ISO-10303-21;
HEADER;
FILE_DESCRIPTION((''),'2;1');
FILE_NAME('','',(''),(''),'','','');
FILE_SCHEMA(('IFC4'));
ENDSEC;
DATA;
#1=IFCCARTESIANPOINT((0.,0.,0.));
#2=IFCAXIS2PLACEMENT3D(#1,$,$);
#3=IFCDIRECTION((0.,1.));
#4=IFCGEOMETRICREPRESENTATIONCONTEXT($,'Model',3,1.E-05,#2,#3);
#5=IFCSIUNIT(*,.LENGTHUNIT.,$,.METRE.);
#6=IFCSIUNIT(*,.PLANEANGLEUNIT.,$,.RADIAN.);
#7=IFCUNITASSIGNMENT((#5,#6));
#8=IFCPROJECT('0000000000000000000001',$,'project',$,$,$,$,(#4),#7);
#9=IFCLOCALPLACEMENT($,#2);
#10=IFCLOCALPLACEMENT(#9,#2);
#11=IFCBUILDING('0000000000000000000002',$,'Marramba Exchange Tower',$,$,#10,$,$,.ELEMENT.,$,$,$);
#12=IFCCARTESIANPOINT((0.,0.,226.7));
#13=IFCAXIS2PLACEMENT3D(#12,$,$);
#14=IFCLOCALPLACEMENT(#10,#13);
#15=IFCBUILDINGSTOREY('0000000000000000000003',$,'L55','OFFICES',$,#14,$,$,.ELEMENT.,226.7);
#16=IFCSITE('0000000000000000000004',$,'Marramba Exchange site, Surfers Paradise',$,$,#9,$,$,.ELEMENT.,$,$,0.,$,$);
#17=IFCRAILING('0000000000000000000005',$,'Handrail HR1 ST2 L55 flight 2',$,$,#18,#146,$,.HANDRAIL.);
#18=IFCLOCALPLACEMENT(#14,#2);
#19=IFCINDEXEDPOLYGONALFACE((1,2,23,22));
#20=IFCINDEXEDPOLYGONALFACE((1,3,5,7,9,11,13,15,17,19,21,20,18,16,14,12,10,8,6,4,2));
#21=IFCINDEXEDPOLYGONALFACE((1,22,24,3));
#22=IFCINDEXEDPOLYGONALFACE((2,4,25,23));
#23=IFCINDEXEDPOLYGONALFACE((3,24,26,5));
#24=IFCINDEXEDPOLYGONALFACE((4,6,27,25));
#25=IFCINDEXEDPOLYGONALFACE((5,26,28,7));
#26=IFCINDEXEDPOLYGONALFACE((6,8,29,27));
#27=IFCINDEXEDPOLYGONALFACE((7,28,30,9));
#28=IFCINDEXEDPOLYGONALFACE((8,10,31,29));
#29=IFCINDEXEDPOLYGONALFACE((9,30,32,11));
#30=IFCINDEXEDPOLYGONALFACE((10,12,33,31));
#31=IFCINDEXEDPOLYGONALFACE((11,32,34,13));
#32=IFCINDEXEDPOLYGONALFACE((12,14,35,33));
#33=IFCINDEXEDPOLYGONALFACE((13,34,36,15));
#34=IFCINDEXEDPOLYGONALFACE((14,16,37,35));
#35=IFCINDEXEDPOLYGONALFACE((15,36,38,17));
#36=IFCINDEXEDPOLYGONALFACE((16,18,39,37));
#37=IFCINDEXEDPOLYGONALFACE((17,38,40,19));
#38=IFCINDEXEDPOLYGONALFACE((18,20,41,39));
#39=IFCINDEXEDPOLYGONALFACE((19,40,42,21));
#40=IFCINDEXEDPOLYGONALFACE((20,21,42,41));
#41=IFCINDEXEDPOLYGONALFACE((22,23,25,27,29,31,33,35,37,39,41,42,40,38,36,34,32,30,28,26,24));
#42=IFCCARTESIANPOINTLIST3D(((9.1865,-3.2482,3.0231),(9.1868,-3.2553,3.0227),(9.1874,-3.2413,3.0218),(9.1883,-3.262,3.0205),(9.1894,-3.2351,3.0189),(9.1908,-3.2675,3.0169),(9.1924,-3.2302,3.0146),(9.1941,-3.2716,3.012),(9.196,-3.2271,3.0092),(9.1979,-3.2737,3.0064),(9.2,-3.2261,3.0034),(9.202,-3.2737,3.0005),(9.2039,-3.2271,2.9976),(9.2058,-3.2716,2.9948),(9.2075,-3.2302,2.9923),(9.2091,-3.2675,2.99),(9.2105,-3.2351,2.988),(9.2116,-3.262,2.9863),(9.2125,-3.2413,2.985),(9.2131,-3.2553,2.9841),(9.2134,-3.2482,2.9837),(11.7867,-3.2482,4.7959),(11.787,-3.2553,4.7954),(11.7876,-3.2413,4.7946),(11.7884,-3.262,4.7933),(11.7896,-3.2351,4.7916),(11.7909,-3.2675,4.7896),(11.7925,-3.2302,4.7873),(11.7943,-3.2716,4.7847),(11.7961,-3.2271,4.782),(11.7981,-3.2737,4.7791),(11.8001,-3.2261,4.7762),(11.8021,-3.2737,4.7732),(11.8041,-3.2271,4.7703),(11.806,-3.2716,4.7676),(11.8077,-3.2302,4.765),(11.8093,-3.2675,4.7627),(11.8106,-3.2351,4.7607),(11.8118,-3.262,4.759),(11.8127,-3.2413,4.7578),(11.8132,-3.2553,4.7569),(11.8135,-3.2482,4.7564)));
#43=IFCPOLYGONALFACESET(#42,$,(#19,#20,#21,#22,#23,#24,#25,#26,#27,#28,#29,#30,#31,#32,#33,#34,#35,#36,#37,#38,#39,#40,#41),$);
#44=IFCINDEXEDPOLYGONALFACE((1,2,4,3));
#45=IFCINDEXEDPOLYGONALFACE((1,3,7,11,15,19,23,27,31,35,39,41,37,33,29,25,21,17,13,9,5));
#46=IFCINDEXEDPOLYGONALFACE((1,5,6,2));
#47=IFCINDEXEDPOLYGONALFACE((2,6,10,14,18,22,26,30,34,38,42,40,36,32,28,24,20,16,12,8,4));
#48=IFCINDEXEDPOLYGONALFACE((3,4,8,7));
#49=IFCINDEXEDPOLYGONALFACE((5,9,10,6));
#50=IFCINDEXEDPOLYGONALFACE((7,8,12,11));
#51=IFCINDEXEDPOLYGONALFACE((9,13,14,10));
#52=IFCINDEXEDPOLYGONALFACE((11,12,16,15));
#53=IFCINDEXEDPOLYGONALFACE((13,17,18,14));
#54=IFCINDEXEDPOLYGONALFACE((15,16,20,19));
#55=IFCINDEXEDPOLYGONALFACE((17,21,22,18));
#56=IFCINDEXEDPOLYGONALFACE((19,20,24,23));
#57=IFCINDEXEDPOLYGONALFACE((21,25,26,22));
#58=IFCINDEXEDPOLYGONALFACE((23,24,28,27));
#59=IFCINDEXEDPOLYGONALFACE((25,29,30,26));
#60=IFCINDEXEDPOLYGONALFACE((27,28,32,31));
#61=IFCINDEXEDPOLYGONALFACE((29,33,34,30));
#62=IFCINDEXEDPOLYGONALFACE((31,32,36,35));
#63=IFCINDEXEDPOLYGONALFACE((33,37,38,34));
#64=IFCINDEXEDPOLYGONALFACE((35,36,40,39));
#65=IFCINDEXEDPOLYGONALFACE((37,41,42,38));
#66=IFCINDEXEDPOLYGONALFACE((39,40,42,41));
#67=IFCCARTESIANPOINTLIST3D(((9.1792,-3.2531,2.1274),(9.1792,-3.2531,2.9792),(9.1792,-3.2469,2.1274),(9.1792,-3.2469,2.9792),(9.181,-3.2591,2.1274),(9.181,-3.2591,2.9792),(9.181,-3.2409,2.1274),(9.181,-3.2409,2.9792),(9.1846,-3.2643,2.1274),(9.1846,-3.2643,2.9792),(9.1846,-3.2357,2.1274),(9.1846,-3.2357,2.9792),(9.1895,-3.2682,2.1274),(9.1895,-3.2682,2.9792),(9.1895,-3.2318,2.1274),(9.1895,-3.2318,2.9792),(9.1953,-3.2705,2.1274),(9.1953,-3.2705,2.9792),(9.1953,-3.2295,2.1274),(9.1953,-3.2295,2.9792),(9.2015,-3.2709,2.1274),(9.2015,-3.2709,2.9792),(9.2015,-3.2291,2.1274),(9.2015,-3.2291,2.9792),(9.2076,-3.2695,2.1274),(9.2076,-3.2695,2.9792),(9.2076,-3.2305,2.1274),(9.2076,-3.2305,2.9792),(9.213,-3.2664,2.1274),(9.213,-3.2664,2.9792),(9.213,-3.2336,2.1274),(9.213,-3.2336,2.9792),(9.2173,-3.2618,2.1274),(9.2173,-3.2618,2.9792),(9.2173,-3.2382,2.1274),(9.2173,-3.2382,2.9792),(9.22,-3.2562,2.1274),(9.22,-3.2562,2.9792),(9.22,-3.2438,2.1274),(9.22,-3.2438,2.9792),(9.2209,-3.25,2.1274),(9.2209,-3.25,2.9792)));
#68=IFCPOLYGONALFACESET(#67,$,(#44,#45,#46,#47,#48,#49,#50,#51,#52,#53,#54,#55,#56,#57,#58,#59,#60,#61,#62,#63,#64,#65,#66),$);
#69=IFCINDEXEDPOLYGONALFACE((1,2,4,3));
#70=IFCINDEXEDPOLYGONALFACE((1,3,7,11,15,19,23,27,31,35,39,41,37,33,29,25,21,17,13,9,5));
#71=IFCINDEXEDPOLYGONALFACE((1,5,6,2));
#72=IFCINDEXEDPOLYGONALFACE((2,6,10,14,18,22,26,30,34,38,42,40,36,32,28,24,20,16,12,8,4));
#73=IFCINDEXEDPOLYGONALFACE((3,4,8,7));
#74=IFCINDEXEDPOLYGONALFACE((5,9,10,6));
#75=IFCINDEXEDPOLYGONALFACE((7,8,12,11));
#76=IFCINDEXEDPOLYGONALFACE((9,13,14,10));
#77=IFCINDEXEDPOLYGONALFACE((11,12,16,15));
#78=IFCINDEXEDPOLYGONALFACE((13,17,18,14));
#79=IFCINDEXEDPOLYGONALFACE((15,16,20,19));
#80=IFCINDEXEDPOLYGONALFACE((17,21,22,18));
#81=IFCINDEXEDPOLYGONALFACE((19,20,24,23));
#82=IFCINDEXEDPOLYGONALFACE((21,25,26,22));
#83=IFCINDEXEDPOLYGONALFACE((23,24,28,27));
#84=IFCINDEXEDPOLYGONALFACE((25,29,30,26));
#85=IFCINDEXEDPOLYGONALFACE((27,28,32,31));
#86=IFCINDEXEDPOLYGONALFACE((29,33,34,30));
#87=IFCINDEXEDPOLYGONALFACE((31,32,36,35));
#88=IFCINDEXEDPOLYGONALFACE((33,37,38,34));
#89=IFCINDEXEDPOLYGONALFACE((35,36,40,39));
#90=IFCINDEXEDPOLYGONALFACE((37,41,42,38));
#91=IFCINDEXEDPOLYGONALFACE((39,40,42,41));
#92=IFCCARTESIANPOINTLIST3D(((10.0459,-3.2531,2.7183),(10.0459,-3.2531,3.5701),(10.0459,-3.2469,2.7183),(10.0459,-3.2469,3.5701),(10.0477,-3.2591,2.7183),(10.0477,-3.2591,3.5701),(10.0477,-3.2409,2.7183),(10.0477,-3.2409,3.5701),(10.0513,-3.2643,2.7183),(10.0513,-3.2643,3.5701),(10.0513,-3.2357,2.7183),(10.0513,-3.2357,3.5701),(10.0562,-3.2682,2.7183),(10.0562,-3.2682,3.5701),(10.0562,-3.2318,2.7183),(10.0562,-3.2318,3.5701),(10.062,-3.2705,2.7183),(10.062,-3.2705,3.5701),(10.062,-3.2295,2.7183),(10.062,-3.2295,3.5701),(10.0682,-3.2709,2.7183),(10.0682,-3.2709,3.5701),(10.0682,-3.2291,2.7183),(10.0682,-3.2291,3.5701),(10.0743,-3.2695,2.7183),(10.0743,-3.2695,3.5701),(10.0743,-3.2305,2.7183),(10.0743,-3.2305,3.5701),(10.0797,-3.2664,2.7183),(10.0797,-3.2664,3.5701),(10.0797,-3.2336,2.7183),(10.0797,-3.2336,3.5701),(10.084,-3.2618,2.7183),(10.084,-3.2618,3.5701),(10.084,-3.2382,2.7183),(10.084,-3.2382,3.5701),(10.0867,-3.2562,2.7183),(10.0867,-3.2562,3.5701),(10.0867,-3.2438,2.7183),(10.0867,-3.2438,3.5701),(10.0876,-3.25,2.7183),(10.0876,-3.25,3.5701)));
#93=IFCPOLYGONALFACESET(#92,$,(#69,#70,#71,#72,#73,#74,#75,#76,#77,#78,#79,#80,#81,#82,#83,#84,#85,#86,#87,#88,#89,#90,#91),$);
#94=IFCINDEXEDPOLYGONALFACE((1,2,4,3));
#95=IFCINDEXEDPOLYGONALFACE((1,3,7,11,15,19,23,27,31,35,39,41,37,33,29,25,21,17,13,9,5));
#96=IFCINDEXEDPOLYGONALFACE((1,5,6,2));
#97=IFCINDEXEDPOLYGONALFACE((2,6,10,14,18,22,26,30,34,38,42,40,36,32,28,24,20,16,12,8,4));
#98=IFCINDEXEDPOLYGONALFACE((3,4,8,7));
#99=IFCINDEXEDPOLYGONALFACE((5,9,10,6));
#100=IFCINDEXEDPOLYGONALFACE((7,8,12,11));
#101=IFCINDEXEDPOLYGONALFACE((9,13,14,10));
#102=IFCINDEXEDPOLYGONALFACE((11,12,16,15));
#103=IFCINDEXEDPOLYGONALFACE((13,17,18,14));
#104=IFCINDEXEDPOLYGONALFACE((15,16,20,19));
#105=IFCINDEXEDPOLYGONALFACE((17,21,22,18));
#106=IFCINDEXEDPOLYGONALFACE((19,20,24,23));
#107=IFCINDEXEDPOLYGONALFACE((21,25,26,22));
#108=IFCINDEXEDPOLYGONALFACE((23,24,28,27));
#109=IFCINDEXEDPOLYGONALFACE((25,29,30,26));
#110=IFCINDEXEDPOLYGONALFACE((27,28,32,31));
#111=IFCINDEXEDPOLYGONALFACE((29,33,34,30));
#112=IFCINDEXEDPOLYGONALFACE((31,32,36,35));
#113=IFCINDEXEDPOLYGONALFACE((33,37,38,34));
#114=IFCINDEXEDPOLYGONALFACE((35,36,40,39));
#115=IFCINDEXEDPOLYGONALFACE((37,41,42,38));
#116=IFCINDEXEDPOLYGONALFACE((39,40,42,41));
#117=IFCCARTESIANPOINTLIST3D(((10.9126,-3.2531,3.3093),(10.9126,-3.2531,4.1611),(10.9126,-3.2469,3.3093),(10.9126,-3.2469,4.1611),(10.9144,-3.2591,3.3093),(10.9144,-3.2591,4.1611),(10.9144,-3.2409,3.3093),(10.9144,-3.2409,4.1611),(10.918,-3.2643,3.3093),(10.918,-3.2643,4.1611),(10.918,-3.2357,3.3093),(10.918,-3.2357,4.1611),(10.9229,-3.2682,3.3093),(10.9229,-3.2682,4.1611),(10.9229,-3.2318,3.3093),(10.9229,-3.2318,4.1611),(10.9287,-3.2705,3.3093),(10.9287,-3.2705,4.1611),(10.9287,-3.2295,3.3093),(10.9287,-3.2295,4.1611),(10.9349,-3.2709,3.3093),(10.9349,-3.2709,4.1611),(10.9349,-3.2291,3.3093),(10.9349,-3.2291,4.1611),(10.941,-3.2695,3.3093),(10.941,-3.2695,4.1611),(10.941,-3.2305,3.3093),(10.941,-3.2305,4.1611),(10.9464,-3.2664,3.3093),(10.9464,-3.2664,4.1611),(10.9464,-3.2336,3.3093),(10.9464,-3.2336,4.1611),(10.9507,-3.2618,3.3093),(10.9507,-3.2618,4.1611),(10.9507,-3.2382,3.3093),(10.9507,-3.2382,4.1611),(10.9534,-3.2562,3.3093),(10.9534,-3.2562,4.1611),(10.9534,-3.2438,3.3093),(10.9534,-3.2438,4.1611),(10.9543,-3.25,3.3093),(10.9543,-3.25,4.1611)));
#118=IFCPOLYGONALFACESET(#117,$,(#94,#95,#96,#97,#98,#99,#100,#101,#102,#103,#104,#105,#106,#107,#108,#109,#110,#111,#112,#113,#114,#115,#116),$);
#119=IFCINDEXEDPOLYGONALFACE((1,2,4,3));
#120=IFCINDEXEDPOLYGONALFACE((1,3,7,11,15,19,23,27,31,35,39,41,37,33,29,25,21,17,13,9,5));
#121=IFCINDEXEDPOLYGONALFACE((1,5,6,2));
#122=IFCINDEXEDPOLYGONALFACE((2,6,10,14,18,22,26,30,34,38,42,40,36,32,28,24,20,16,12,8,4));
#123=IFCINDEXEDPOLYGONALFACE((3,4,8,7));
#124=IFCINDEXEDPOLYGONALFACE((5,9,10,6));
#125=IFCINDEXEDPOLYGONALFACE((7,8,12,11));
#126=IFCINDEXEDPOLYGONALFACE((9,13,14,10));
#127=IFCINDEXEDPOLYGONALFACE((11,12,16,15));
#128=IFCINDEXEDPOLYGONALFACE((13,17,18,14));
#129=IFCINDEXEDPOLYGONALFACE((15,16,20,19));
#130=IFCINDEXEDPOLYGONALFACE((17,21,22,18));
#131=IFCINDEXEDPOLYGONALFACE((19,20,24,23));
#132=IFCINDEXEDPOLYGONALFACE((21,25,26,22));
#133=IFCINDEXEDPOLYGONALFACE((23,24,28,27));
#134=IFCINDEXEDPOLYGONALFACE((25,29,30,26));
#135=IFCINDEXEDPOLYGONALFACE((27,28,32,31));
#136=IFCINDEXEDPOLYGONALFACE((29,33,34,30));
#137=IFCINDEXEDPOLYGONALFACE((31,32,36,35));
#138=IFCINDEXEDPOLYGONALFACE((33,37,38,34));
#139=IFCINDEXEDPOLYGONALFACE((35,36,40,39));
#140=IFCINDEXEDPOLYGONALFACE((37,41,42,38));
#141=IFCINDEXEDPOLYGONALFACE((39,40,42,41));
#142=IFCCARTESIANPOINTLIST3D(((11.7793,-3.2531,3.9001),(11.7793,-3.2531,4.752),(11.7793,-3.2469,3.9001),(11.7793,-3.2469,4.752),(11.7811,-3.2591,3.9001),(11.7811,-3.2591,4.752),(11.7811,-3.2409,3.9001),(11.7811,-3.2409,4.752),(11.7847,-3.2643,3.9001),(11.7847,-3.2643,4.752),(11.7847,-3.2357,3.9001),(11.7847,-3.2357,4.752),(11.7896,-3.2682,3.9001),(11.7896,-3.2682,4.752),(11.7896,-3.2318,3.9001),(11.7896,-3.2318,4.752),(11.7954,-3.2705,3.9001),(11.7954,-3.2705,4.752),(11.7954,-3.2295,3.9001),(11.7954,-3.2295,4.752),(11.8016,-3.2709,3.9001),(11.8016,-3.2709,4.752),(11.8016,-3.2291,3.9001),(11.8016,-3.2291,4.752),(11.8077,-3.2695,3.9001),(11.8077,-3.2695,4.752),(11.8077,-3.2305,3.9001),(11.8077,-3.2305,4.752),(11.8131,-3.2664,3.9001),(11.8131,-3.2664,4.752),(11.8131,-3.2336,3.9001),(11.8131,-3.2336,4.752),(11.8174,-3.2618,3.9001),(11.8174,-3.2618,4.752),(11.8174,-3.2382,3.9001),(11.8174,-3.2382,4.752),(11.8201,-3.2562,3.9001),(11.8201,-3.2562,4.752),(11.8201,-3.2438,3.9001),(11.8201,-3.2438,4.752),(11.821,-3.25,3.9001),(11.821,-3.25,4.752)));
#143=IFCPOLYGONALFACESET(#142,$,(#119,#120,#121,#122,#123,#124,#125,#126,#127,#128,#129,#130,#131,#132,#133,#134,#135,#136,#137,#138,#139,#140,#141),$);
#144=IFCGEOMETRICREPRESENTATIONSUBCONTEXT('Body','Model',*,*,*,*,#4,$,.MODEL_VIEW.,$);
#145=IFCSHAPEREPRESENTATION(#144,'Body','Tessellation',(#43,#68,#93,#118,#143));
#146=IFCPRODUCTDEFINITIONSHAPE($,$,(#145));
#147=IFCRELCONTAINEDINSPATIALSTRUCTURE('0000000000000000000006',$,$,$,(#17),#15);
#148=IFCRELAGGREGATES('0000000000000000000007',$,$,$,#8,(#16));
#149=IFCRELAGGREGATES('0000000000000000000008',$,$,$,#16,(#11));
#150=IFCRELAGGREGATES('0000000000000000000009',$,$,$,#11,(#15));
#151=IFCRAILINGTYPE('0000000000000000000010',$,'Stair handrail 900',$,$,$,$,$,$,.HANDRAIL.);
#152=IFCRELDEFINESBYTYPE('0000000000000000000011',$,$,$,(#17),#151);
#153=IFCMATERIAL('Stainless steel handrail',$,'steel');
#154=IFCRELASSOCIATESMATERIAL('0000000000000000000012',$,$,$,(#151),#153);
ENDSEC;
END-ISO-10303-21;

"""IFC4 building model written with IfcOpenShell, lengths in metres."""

from ifc_helpers import new_model, si_unit, direction, frame, origin, origin_2d, place, context, subcontext, project, spatial, circle, extrude, material, type_object, element, save


model = new_model("IFC4")

# Units and contexts
model_context = context("Model", 3, precision=1e-05, world=origin(), true_north=direction((0.0, 1.0)))
body_context = subcontext(model_context, "Body", "Model", "MODEL_VIEW")
ifc_project = project(units=[si_unit("LENGTHUNIT", "METRE"), si_unit("PLANEANGLEUNIT", "RADIAN")], contexts=[model_context])

# Site, building, storey
site_placement = place(None, origin())
site = spatial("IfcSite", under=ifc_project, at=site_placement, Name="Marramba Exchange site, Surfers Paradise", CompositionType="ELEMENT", RefElevation=0.0)
building_placement = place(site_placement, origin())
building = spatial("IfcBuilding", under=site, at=building_placement, Name="Marramba Exchange Tower", CompositionType="ELEMENT")
storey_placement = place(building_placement, frame((0.0, 0.0, 226.7)))
storey = spatial("IfcBuildingStorey", under=building, at=storey_placement, Name="L55", Description="OFFICES", CompositionType="ELEMENT", Elevation=226.7)

# Railing
ifc_material_1 = material(Name="Stainless steel handrail", Category="steel")
railing_type = type_object("IfcRailingType", Name="Stair handrail 900", PredefinedType="HANDRAIL", material=ifc_material_1)
railing_placement = place(storey_placement, frame((9.2, -3.25, 2.1274)))
element("IfcRailing", 1, at=railing_placement, inside=storey, type_object=railing_type, Name="Handrail HR1 ST2 L55 flight 2", PredefinedType="HANDRAIL", context=body_context, shape_type="SweptSolid", body=[
    extrude(circle(Radius=0.0239, at=origin_2d()), frame((0.0, 0.0, 0.876), z_axis=(0.82624, 0.0, 0.563318), x_axis=(0.0, 1.0, 0.0)), (0.0, 0.0, 1.0), 3.147),
    extrude(circle(Radius=0.021, at=origin_2d()), origin(), (0.0, 0.0, 1.0), 0.8518),
    extrude(circle(Radius=0.021, at=origin_2d()), frame((0.8667, 0.0, 0.5908)), (0.0, 0.0, 1.0), 0.8518),
    extrude(circle(Radius=0.021, at=origin_2d()), frame((1.7334, 0.0, 1.1819)), (0.0, 0.0, 1.0), 0.8518),
    extrude(circle(Radius=0.021, at=origin_2d()), frame((2.6001, 0.0, 1.7727)), (0.0, 0.0, 1.0), 0.8518),
])

save(model, "model.ifc")
